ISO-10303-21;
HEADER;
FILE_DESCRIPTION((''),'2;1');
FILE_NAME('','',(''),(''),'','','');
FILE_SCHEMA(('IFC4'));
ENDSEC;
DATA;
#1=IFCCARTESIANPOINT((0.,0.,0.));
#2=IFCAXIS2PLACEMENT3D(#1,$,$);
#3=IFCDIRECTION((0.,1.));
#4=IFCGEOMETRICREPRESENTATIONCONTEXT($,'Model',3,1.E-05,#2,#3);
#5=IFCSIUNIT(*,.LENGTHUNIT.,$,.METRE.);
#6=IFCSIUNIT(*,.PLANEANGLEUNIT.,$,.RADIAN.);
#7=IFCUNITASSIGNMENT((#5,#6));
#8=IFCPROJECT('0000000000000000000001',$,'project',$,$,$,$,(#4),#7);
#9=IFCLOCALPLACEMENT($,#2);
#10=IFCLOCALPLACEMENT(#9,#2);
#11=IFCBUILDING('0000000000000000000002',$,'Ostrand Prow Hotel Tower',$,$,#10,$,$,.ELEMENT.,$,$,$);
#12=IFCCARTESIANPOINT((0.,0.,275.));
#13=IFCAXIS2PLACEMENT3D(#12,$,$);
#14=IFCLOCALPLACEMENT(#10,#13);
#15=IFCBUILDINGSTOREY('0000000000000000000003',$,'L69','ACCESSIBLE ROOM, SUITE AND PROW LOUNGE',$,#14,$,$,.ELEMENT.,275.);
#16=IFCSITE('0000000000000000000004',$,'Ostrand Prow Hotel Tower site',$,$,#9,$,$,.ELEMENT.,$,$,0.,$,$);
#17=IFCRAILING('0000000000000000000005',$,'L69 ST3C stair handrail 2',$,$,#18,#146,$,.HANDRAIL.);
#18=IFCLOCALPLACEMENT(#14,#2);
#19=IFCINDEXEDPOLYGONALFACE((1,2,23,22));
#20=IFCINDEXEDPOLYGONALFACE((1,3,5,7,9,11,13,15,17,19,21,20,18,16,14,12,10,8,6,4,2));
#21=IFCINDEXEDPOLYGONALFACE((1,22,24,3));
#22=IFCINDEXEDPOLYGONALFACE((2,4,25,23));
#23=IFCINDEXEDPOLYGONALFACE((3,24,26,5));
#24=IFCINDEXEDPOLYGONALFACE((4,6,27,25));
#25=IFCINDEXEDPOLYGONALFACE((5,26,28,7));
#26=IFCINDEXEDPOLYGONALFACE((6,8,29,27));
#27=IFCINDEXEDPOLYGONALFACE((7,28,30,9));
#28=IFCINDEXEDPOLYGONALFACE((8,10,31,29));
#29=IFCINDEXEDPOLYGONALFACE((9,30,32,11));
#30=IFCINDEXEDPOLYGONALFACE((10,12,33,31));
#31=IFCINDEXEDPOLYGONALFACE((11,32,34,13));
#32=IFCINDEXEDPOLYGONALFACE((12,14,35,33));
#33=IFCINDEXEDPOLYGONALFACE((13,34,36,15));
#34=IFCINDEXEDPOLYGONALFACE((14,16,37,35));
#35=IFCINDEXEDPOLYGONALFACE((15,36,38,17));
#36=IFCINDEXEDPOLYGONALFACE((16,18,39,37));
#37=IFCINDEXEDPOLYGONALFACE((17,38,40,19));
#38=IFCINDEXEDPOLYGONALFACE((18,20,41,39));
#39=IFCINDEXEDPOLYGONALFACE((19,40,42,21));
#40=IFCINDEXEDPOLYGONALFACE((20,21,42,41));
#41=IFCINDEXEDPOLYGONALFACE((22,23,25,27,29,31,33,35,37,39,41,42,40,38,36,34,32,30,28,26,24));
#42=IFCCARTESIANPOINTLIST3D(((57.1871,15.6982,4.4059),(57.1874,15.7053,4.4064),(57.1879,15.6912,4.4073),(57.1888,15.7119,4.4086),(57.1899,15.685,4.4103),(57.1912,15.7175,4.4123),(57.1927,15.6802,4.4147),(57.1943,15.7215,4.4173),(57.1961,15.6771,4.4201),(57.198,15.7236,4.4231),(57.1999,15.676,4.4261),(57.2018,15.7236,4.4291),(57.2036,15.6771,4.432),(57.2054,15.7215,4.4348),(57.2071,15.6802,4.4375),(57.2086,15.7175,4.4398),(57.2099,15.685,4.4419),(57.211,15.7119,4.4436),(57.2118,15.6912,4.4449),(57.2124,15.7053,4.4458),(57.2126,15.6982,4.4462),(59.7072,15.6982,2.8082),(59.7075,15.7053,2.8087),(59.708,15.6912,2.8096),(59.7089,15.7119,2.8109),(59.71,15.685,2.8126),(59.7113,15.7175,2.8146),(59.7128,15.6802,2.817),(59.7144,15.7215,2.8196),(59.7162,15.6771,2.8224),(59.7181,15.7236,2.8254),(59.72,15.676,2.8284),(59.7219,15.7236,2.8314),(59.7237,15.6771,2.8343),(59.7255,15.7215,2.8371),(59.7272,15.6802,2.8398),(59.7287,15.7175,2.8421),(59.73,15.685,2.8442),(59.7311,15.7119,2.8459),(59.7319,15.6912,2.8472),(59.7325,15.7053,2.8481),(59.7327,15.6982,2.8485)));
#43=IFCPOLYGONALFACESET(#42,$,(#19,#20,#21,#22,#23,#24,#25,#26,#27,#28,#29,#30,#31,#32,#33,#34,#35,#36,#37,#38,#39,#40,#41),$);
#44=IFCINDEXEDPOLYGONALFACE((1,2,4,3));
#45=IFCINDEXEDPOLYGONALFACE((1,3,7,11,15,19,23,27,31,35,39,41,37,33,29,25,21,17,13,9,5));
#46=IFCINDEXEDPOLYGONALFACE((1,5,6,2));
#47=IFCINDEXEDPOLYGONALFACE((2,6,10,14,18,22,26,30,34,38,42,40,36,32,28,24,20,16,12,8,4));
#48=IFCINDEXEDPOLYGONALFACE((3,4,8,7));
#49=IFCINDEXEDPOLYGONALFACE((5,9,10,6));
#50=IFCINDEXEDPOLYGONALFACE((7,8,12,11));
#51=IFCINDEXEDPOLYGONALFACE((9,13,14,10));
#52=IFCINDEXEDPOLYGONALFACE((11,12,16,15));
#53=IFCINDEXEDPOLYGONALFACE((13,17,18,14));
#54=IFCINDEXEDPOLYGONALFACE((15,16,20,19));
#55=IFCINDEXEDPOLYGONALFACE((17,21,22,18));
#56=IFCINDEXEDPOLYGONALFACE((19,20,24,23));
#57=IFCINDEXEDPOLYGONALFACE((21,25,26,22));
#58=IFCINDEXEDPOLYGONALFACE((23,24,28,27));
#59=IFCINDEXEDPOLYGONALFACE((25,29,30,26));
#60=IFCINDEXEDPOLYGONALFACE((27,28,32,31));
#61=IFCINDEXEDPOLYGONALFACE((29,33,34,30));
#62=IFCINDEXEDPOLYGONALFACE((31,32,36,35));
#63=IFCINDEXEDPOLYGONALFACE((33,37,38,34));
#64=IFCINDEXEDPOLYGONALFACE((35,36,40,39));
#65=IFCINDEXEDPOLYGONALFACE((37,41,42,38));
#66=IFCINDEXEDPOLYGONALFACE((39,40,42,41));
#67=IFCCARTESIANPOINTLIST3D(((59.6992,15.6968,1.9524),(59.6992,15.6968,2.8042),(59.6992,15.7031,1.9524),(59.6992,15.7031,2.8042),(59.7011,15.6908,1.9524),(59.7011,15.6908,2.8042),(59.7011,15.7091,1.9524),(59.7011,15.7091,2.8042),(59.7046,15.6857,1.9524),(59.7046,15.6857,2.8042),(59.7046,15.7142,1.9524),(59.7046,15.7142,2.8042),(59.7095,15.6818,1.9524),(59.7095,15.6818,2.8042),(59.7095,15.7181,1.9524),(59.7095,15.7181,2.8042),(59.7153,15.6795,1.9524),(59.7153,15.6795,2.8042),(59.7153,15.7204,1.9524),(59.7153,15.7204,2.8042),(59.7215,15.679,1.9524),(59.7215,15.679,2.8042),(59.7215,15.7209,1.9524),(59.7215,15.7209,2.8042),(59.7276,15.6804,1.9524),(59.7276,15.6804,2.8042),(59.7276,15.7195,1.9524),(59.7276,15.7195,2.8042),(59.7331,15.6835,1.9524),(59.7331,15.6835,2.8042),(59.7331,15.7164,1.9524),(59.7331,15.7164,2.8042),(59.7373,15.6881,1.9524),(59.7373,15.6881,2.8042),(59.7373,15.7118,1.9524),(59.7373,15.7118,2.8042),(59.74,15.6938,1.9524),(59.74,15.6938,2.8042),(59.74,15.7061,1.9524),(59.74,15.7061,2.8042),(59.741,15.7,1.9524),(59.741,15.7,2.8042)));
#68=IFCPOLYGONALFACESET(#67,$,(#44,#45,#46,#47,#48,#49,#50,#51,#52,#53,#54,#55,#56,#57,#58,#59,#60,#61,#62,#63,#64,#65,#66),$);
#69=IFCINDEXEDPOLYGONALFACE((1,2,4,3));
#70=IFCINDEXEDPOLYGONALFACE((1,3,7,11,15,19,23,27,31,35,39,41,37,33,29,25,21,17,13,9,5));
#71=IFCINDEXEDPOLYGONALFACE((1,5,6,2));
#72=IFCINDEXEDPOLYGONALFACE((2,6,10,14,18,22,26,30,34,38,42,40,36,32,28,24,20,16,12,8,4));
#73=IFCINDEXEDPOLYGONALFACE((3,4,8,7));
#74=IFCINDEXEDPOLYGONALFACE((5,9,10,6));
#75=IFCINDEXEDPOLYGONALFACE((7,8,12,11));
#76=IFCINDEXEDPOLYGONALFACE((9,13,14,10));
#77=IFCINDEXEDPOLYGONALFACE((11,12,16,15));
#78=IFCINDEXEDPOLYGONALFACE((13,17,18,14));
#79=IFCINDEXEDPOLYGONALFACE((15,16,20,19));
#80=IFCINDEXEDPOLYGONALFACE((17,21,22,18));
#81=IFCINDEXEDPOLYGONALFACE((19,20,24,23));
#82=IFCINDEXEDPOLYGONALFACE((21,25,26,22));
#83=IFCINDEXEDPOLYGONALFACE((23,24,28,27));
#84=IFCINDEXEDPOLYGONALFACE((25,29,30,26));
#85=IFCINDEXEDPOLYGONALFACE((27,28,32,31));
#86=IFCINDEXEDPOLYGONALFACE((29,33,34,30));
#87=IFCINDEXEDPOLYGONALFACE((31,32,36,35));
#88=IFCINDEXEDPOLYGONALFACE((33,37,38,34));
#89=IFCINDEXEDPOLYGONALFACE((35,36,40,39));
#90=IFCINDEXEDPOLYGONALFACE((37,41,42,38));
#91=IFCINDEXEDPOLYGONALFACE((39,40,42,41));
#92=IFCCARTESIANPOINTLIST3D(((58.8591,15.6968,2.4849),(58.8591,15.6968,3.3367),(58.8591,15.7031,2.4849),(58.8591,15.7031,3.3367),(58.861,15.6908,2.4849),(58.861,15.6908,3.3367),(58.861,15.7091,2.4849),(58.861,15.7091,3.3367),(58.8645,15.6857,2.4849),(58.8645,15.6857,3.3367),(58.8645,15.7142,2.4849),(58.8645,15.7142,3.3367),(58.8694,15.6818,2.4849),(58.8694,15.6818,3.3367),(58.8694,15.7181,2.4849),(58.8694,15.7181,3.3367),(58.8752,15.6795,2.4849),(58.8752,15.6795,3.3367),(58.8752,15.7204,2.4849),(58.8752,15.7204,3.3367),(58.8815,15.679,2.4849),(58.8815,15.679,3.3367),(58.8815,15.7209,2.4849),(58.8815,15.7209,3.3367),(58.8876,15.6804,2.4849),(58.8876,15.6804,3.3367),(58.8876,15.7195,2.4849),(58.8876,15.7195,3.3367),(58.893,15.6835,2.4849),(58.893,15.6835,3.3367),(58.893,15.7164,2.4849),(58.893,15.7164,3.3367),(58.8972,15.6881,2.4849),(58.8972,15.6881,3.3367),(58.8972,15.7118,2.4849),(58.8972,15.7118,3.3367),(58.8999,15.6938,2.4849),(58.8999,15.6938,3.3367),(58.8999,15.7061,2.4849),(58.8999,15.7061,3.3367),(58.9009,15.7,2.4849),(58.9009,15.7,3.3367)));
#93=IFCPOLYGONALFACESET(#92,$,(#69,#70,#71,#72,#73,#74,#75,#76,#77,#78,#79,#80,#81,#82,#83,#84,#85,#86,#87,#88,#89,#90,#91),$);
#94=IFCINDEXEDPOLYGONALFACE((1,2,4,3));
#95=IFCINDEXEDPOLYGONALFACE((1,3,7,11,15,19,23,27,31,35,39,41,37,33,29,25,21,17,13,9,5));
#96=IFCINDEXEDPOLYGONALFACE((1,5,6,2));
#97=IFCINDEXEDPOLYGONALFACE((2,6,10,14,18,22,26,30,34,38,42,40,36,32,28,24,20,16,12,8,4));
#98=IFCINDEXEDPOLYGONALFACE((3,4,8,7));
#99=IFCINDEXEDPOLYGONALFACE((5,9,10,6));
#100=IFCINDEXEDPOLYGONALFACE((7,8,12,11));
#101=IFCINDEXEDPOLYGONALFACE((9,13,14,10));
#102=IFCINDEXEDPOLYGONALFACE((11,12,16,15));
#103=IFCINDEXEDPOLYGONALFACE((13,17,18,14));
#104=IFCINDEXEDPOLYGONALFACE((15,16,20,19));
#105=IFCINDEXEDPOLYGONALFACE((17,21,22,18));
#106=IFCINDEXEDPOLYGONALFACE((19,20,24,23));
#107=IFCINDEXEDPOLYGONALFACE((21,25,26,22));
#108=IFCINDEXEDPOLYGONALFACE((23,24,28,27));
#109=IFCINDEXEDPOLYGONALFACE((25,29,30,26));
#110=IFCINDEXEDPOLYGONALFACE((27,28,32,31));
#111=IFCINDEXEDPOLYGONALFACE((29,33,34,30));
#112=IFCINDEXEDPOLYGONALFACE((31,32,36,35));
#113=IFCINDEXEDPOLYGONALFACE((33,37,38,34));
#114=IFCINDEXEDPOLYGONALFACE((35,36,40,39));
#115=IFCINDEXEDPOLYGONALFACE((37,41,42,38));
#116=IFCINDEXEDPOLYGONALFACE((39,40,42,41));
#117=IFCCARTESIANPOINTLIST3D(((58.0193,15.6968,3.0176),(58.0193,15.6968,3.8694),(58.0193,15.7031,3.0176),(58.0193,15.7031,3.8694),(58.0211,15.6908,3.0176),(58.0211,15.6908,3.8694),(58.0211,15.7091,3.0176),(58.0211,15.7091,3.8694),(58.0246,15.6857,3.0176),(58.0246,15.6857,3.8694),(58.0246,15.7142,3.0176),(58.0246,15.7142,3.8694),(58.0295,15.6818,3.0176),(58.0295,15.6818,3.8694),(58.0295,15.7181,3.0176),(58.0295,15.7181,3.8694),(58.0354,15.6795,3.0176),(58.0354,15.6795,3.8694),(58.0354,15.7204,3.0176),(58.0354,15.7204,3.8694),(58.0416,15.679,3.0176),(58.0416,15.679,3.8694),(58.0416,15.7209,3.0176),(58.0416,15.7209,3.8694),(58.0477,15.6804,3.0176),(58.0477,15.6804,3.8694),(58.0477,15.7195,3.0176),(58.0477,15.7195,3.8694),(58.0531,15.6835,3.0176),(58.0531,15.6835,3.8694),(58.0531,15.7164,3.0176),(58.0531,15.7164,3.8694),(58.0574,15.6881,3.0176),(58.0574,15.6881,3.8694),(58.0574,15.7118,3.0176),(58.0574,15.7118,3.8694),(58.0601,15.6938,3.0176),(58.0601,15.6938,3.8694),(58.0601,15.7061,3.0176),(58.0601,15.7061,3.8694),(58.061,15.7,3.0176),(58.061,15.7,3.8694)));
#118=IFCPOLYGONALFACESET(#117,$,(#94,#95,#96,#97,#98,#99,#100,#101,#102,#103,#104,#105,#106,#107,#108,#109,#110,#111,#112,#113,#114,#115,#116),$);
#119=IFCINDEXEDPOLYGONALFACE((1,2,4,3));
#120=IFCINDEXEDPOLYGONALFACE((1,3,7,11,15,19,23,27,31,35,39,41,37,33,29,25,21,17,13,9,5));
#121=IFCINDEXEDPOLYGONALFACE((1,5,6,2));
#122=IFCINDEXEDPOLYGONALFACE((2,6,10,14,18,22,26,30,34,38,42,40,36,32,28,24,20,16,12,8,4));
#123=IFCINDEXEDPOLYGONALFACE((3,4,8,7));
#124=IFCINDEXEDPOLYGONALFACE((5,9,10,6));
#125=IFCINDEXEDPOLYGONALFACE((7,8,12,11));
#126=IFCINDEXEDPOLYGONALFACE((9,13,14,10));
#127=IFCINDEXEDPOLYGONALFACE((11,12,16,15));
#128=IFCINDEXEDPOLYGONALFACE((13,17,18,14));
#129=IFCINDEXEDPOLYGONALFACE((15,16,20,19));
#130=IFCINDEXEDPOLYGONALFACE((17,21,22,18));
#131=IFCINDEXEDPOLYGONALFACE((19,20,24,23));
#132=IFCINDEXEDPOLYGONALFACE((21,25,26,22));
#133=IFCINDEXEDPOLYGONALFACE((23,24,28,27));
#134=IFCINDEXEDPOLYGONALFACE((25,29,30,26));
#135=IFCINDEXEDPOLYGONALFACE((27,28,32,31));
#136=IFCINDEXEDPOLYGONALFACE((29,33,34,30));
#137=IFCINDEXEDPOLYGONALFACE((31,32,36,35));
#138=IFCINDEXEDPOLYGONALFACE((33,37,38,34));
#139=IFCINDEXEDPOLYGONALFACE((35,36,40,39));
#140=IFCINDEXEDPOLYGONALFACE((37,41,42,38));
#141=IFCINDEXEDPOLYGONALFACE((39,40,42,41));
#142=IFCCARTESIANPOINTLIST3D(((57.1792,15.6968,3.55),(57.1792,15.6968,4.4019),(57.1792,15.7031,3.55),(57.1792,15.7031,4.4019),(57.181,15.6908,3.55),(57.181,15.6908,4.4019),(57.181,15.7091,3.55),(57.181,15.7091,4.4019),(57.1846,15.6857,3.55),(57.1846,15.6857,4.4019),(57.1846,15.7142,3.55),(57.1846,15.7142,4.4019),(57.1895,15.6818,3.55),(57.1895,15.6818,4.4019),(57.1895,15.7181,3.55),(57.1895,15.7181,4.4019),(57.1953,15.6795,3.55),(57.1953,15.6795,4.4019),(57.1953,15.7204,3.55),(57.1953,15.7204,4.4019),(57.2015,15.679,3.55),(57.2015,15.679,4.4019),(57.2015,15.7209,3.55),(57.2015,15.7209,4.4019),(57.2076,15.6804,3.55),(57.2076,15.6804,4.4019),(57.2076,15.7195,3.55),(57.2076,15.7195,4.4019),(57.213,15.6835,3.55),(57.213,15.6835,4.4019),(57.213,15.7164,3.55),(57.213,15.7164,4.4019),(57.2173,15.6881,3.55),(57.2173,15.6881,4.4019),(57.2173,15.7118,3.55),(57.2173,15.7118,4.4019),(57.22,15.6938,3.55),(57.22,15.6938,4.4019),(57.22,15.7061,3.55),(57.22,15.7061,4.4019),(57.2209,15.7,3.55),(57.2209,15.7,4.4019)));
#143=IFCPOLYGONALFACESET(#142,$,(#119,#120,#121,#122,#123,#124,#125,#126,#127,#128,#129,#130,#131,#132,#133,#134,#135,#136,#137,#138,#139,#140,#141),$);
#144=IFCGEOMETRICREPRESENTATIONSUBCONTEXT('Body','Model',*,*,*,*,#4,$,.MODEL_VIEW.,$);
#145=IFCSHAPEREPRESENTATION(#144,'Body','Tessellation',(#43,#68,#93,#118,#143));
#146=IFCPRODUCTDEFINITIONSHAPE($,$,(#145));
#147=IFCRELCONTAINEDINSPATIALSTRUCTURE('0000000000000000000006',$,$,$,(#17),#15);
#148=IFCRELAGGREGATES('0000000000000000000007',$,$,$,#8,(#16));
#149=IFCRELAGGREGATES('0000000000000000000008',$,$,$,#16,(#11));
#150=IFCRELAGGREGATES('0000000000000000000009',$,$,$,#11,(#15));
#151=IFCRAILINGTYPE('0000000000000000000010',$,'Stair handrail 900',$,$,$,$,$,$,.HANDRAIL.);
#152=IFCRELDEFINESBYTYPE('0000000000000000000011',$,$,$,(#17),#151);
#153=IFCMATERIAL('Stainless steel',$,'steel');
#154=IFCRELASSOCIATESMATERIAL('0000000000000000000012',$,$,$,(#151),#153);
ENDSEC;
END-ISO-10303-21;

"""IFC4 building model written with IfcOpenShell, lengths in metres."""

from ifc_helpers import new_model, si_unit, direction, frame, origin, origin_2d, place, context, subcontext, project, spatial, circle, extrude, material, type_object, element, save


model = new_model("IFC4")

# Units and contexts
model_context = context("Model", 3, precision=1e-05, world=origin(), true_north=direction((0.0, 1.0)))
body_context = subcontext(model_context, "Body", "Model", "MODEL_VIEW")
ifc_project = project(units=[si_unit("LENGTHUNIT", "METRE"), si_unit("PLANEANGLEUNIT", "RADIAN")], contexts=[model_context])

# Site, building, storey
site_placement = place(None, origin())
site = spatial("IfcSite", under=ifc_project, at=site_placement, Name="Ostrand Prow Hotel Tower site", CompositionType="ELEMENT", RefElevation=0.0)
building_placement = place(site_placement, origin())
building = spatial("IfcBuilding", under=site, at=building_placement, Name="Ostrand Prow Hotel Tower", CompositionType="ELEMENT")
storey_placement = place(building_placement, frame((0.0, 0.0, 275.0)))
storey = spatial("IfcBuildingStorey", under=building, at=storey_placement, Name="L69", Description="ACCESSIBLE ROOM, SUITE AND PROW LOUNGE", CompositionType="ELEMENT", Elevation=275.0)

# Railing
ifc_material_1 = material(Name="Stainless steel", Category="steel")
railing_type_1 = type_object("IfcRailingType", Name="Stair handrail 900", PredefinedType="HANDRAIL", material=ifc_material_1)
railing_1_placement = place(storey_placement, frame((59.72, 15.7, 1.9524)))
element("IfcRailing", 1, at=railing_1_placement, inside=storey, type_object=railing_type_1, Name="L69 ST3C stair handrail 2", PredefinedType="HANDRAIL", context=body_context, shape_type="SweptSolid", body=[
    extrude(circle(Radius=0.0239, at=origin_2d()), frame((0.0, 0.0, 0.876), z_axis=(-0.84457, 0.0, 0.535445), x_axis=(0.0, -1.0, 0.0)), (0.0, 0.0, 1.0), 2.9839),
    extrude(circle(Radius=0.021, at=origin_2d()), origin(), (0.0, 0.0, 1.0), 0.8518),
    extrude(circle(Radius=0.021, at=origin_2d()), frame((-0.8401, 0.0, 0.5325)), (0.0, 0.0, 1.0), 0.8518),
    extrude(circle(Radius=0.021, at=origin_2d()), frame((-1.6799, 0.0, 1.0652)), (0.0, 0.0, 1.0), 0.8518),
    extrude(circle(Radius=0.021, at=origin_2d()), frame((-2.52, 0.0, 1.5977)), (0.0, 0.0, 1.0), 0.8518),
])

save(model, "model.ifc")
